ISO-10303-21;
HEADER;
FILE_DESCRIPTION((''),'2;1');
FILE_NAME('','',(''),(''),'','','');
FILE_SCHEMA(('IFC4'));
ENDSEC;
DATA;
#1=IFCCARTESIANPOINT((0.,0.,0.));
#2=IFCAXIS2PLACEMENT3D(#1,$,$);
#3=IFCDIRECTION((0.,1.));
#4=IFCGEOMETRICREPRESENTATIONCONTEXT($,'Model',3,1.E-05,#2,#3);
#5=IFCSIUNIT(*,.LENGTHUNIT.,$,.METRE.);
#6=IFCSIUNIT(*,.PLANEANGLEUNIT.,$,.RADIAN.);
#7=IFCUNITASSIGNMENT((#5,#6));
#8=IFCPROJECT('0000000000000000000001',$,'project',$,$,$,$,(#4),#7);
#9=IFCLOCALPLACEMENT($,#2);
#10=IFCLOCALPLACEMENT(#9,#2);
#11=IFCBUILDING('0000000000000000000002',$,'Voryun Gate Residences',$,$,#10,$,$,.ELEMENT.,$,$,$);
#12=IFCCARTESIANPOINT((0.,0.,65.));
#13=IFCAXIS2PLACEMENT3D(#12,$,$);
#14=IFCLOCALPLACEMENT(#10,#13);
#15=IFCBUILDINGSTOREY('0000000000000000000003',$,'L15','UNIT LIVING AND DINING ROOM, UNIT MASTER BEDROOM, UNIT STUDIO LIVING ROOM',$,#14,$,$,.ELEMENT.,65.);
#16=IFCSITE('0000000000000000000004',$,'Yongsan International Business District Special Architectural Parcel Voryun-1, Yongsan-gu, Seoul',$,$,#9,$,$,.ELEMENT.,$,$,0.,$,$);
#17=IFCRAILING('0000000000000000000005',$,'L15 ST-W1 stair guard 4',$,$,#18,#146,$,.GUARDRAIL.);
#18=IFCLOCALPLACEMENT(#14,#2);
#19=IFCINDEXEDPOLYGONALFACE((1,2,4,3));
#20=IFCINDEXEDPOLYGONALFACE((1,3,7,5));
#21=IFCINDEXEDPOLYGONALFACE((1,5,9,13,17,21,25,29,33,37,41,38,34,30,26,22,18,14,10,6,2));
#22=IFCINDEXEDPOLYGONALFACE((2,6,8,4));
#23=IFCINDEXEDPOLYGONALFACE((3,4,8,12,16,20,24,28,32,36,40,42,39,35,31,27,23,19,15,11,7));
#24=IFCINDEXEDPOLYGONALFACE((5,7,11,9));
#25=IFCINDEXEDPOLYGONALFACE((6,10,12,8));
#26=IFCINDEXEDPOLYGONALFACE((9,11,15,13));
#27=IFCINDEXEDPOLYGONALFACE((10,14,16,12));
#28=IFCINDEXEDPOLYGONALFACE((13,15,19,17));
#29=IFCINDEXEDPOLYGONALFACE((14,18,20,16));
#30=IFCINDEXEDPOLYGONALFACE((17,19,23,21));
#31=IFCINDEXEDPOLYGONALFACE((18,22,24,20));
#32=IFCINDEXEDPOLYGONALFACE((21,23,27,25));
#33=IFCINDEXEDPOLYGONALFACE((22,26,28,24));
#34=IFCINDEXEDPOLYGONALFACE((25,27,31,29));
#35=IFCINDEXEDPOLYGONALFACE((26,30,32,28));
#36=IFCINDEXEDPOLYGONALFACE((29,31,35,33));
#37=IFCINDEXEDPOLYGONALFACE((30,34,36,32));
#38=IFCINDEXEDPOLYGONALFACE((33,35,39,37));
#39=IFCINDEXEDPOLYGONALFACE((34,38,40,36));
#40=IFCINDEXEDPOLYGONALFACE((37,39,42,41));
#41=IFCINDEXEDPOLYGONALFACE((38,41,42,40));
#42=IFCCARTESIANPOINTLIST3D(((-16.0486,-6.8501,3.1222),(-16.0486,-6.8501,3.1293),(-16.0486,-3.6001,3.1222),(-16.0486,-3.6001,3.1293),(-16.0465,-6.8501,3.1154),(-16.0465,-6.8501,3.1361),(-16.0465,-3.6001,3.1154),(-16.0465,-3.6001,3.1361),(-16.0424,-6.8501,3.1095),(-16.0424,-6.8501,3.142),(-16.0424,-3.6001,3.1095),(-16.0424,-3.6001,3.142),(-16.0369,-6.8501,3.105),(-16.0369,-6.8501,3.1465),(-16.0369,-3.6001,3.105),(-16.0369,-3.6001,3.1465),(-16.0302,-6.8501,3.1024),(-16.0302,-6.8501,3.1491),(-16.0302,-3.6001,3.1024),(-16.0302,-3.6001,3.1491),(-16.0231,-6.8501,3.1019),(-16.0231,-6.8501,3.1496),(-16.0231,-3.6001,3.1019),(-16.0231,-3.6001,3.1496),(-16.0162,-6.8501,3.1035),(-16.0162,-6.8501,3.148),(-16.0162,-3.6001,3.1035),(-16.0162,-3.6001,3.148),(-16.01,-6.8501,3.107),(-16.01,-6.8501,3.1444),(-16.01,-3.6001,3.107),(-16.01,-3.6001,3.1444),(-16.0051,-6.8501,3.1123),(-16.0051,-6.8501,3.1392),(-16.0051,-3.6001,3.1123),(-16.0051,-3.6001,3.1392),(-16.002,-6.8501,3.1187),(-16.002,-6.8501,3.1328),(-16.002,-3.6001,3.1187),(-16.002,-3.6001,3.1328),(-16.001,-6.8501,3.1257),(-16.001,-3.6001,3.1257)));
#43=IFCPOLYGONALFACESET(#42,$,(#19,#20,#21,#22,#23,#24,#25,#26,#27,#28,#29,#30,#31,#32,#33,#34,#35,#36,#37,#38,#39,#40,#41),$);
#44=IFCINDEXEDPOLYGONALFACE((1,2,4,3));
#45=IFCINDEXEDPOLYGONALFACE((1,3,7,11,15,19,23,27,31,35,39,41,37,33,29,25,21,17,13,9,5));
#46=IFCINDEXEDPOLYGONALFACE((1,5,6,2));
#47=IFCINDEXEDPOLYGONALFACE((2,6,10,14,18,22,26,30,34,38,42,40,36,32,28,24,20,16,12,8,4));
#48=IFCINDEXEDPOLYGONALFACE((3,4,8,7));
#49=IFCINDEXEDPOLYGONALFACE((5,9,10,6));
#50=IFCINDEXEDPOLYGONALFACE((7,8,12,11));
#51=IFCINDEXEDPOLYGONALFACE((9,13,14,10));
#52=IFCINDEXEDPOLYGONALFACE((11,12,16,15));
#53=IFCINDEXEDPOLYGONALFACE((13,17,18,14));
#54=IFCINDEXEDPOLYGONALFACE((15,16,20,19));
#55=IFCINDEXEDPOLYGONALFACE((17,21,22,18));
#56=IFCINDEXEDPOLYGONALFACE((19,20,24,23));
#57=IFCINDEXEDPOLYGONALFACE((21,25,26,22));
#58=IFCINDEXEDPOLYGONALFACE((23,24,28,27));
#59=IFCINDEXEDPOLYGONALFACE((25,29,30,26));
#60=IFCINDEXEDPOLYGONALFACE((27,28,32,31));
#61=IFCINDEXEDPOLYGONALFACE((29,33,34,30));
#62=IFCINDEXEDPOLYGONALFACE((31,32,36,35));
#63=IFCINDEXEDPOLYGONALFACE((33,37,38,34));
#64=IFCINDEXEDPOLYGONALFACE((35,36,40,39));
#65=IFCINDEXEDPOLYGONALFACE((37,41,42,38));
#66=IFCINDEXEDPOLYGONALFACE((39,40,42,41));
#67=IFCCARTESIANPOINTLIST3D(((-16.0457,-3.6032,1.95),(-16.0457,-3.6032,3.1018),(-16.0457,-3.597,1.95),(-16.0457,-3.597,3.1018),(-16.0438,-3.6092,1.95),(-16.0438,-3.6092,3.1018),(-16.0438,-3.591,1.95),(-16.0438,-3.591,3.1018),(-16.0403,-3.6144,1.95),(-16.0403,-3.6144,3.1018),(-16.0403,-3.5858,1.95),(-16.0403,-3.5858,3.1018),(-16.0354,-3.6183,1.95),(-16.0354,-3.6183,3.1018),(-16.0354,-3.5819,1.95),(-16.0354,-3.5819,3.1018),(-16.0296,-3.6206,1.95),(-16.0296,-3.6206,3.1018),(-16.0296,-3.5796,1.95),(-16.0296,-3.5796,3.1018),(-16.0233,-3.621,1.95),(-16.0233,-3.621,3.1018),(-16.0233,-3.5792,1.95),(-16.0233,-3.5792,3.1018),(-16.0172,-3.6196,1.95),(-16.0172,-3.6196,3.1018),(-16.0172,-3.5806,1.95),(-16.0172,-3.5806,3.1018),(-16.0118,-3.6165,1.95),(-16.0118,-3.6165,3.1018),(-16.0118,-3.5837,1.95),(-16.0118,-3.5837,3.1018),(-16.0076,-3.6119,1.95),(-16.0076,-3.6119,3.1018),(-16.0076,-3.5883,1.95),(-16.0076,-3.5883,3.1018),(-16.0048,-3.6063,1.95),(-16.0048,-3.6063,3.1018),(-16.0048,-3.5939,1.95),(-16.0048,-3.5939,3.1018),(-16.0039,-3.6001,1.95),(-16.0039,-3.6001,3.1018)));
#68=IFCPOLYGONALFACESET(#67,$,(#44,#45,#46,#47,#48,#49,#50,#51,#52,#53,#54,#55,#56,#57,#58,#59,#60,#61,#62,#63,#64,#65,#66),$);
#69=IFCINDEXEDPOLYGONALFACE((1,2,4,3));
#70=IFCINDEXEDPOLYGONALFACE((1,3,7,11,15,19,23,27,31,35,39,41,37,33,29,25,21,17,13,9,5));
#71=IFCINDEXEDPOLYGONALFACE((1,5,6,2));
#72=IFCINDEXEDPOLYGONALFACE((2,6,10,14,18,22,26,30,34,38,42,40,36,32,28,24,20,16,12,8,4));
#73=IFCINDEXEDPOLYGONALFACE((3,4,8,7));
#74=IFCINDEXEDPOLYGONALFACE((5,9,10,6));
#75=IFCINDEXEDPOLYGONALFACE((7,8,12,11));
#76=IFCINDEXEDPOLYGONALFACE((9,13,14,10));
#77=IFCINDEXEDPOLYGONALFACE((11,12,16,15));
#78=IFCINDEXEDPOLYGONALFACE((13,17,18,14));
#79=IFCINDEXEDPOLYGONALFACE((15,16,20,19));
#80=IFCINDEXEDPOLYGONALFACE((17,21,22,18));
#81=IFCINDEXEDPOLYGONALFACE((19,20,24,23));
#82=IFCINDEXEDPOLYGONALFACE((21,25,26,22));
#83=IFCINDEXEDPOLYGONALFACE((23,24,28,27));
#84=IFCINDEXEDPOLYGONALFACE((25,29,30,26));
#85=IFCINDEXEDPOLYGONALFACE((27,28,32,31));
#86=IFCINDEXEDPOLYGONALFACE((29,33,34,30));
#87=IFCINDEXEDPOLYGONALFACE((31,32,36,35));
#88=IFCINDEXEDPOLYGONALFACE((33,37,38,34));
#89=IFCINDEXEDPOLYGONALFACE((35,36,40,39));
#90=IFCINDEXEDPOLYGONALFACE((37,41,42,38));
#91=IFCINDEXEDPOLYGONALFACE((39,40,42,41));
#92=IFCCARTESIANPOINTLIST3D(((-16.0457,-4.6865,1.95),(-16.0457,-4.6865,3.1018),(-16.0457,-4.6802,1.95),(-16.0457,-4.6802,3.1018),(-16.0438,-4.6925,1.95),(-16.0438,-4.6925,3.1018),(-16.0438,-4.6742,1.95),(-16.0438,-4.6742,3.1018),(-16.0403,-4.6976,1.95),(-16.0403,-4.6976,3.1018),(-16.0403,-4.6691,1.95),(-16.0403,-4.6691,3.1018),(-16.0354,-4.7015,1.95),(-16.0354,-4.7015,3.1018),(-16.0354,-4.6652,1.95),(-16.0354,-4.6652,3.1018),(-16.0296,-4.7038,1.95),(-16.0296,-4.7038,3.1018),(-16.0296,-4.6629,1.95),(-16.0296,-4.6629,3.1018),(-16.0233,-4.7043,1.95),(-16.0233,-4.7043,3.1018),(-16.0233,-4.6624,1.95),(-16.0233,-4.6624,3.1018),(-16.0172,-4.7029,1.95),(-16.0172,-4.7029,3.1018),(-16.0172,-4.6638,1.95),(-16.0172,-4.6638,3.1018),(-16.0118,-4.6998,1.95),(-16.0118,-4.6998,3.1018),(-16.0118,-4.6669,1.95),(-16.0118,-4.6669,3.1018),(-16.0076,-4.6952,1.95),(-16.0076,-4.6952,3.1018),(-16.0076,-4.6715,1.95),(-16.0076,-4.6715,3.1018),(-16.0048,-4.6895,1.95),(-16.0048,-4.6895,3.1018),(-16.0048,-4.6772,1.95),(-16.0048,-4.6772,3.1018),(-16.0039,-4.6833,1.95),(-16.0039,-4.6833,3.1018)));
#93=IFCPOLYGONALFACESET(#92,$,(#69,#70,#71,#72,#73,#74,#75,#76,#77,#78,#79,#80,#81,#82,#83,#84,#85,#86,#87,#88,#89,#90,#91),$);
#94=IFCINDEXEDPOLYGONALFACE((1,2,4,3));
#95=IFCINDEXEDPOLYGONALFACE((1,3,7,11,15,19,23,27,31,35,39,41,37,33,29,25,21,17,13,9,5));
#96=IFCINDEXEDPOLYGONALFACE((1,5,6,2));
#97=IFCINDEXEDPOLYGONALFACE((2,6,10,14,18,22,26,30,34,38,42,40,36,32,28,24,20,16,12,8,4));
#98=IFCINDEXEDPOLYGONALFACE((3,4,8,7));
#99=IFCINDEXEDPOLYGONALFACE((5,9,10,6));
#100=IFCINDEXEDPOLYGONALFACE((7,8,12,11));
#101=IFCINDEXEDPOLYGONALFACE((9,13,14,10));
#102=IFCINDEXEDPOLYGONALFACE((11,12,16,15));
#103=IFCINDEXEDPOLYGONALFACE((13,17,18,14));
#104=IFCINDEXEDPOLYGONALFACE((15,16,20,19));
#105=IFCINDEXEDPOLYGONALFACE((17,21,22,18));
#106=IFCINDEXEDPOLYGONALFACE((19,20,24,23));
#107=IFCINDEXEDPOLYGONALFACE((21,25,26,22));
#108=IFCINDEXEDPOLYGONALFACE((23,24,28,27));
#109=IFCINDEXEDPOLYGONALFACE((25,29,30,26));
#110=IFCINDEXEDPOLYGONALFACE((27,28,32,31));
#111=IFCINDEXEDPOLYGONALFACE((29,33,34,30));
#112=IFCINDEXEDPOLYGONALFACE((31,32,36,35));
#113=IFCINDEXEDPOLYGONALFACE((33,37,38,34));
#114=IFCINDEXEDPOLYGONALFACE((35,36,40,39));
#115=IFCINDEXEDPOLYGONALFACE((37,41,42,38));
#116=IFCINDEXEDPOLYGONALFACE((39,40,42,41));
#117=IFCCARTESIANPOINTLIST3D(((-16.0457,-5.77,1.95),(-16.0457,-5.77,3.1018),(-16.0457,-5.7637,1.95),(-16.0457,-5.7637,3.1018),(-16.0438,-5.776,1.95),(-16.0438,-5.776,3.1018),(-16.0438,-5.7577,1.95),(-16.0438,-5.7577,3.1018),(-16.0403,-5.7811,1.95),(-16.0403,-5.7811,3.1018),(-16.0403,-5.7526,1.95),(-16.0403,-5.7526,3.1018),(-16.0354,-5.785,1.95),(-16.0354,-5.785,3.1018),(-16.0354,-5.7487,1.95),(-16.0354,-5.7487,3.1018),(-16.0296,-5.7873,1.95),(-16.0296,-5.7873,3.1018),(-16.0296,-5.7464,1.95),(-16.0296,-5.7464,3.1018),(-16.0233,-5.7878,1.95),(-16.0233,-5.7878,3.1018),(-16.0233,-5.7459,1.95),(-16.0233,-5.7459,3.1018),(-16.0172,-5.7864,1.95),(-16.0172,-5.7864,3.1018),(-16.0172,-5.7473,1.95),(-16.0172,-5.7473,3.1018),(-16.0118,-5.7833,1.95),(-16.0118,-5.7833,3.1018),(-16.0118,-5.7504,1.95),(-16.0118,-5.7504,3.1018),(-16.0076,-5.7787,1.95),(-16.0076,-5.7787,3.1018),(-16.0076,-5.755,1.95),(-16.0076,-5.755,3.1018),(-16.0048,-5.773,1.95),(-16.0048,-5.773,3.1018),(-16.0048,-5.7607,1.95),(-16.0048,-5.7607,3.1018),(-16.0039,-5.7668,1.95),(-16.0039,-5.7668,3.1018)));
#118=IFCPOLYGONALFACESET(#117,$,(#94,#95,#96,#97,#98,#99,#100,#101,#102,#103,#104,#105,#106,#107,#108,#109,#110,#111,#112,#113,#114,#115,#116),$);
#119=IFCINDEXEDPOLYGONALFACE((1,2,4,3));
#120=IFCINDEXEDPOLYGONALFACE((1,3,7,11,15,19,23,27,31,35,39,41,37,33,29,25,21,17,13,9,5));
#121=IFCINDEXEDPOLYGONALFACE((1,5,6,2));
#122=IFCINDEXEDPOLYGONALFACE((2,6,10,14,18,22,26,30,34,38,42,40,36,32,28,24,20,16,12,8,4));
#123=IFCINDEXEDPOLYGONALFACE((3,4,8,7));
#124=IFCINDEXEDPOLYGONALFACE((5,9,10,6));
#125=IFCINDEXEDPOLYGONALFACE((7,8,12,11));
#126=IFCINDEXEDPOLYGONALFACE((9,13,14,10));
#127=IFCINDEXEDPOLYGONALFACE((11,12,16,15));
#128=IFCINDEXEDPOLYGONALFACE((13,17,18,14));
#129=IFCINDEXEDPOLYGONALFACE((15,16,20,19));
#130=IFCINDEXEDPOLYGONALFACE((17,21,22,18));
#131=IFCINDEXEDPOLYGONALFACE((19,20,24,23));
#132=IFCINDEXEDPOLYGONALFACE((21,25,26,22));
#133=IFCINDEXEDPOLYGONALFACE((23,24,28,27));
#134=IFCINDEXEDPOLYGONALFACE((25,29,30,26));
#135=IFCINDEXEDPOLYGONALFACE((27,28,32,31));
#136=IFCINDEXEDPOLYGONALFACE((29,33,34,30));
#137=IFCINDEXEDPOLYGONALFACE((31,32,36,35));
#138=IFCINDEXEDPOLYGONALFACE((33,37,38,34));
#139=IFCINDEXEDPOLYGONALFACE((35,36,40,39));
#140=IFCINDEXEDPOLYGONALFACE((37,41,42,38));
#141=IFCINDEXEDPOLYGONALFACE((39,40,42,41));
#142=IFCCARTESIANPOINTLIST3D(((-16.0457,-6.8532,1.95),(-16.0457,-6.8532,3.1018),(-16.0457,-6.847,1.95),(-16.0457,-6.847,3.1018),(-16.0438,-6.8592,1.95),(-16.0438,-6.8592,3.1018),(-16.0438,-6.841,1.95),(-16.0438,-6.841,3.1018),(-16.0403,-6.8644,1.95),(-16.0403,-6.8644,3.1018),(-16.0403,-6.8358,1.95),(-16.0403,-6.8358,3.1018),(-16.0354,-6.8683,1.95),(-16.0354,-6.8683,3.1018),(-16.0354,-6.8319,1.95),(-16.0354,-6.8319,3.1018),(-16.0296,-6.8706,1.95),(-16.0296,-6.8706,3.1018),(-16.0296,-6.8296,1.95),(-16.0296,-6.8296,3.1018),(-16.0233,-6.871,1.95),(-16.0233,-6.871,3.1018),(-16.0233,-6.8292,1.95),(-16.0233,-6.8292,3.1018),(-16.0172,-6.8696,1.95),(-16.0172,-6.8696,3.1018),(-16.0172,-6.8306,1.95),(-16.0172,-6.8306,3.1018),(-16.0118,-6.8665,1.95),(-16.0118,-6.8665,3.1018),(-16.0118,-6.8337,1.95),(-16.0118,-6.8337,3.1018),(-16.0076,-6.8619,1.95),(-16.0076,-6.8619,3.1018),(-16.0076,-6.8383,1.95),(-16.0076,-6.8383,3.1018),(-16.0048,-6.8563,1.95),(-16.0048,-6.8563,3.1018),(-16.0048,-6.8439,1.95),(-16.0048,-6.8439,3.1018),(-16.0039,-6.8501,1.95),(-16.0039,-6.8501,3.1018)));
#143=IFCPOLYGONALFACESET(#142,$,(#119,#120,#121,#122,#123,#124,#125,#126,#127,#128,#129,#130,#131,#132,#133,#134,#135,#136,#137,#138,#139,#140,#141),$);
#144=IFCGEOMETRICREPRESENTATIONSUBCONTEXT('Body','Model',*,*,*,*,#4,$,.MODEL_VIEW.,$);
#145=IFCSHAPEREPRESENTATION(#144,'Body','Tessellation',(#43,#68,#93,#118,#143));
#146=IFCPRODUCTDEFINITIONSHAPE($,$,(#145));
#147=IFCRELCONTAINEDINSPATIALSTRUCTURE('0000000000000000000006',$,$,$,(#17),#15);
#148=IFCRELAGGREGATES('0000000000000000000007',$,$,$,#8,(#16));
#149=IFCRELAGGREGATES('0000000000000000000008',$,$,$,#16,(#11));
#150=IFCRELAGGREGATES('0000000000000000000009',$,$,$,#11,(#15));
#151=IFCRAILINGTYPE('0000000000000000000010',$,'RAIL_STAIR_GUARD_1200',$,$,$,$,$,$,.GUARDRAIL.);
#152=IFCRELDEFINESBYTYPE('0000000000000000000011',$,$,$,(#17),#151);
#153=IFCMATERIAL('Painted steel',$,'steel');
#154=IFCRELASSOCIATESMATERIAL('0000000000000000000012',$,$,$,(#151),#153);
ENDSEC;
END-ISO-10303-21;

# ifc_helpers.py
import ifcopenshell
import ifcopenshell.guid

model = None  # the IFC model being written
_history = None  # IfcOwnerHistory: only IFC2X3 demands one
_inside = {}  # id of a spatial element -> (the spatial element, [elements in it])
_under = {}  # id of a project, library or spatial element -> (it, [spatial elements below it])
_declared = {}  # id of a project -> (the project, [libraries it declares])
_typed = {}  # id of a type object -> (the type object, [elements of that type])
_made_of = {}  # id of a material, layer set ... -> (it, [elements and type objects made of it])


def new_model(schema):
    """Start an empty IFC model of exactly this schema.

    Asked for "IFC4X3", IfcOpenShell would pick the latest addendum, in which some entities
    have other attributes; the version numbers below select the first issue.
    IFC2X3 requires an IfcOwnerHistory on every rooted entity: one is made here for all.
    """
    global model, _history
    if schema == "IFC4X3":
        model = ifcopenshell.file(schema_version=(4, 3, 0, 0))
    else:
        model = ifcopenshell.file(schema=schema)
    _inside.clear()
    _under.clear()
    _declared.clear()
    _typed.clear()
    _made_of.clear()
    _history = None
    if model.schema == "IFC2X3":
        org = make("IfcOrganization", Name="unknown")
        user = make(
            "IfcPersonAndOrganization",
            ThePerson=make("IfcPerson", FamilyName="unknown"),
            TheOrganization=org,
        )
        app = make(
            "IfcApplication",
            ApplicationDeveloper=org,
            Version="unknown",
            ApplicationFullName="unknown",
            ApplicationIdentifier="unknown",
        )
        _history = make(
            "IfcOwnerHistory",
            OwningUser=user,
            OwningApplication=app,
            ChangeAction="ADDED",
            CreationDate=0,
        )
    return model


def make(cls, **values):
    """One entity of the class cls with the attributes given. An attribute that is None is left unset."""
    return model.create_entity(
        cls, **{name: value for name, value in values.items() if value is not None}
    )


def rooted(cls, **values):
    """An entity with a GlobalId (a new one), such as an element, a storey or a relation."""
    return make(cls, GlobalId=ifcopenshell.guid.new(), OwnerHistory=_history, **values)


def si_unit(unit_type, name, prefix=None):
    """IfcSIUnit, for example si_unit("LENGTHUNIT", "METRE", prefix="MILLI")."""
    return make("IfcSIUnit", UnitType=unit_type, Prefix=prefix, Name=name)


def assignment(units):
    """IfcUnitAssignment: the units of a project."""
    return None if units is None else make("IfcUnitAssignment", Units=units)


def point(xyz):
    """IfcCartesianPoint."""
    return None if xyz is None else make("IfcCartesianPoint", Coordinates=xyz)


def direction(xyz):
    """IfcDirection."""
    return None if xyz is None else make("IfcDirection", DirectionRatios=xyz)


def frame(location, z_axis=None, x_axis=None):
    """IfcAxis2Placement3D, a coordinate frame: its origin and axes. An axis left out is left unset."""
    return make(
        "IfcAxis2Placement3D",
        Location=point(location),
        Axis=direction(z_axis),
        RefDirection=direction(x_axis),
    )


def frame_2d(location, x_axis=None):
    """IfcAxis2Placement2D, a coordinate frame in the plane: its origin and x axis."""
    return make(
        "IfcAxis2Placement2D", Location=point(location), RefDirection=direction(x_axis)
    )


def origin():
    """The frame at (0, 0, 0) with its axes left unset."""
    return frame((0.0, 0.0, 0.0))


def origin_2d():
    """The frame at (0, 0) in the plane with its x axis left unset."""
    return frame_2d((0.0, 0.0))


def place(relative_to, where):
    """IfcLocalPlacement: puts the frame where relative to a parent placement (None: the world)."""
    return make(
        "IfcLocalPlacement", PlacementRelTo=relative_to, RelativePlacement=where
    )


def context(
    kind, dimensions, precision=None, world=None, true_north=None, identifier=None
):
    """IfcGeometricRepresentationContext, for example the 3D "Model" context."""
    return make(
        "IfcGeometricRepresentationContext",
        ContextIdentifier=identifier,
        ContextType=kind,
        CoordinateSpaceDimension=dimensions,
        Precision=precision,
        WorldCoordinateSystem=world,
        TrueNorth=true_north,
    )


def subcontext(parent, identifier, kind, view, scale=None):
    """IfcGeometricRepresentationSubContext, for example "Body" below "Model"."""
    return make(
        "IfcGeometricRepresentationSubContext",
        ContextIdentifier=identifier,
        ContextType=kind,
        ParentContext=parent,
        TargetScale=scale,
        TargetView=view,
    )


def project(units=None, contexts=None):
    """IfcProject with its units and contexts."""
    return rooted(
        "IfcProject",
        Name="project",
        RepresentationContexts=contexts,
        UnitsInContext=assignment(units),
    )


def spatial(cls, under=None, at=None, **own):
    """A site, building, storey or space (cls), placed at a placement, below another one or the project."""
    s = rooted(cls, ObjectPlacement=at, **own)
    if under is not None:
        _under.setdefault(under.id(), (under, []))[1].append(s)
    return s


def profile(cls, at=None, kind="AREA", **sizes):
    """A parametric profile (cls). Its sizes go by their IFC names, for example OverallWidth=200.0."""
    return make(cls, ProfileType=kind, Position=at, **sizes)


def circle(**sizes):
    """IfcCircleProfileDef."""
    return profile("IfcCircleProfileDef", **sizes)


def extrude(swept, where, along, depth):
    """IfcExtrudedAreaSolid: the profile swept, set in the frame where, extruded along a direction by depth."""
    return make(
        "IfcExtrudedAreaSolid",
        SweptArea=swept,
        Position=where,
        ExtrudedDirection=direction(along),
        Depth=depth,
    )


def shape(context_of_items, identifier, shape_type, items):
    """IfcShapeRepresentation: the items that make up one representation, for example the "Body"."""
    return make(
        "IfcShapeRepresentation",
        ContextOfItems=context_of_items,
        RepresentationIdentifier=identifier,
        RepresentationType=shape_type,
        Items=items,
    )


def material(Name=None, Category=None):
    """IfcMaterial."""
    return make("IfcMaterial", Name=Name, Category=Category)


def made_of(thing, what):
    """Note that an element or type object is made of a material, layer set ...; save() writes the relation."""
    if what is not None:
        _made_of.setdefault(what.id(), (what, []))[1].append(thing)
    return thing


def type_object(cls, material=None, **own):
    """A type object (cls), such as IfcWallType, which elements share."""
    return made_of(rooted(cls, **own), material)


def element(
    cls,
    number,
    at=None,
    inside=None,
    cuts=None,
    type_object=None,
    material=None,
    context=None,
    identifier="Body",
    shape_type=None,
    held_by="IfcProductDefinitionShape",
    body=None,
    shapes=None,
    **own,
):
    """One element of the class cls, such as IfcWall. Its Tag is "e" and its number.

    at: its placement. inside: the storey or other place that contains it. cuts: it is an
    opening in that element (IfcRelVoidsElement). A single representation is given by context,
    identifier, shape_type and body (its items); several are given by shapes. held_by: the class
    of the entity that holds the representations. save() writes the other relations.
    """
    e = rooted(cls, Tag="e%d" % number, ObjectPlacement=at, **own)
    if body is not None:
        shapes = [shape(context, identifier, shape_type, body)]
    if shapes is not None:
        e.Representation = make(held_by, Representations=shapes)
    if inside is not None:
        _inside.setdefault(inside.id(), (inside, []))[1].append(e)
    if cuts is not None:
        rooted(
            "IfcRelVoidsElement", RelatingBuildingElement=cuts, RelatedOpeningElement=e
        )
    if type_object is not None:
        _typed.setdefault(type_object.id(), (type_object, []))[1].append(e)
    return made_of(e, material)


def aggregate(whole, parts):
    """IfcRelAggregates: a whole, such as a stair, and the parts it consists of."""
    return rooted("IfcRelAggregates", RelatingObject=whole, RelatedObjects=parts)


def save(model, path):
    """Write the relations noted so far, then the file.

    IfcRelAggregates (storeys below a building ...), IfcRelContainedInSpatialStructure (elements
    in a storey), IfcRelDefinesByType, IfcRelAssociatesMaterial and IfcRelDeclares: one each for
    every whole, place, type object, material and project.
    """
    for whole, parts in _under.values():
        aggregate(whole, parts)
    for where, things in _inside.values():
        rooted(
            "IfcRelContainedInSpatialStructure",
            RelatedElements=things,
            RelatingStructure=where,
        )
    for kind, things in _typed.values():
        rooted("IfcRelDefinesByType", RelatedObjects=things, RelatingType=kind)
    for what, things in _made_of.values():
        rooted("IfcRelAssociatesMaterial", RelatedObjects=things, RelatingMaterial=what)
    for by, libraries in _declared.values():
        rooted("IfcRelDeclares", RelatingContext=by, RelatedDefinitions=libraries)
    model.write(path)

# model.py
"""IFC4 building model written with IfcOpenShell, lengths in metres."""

from ifc_helpers import new_model, si_unit, direction, frame, origin, origin_2d, place, context, subcontext, project, spatial, circle, extrude, material, type_object, element, save


model = new_model("IFC4")

# Units and contexts
model_context = context("Model", 3, precision=1e-05, world=origin(), true_north=direction((0.0, 1.0)))
body_context = subcontext(model_context, "Body", "Model", "MODEL_VIEW")
ifc_project = project(units=[si_unit("LENGTHUNIT", "METRE"), si_unit("PLANEANGLEUNIT", "RADIAN")], contexts=[model_context])

# Site, building, storey
site_placement = place(None, origin())
site = spatial("IfcSite", under=ifc_project, at=site_placement, Name="Yongsan International Business District Special Architectural Parcel Voryun-1, Yongsan-gu, Seoul", CompositionType="ELEMENT", RefElevation=0.0)
building_placement = place(site_placement, origin())
building = spatial("IfcBuilding", under=site, at=building_placement, Name="Voryun Gate Residences", CompositionType="ELEMENT")
storey_placement = place(building_placement, frame((0.0, 0.0, 65.0)))
storey = spatial("IfcBuildingStorey", under=building, at=storey_placement, Name="L15", Description="UNIT LIVING AND DINING ROOM, UNIT MASTER BEDROOM, UNIT STUDIO LIVING ROOM", CompositionType="ELEMENT", Elevation=65.0)

# Railing
ifc_material_1 = material(Name="Painted steel", Category="steel")
railing_type_1 = type_object("IfcRailingType", Name="RAIL_STAIR_GUARD_1200", PredefinedType="GUARDRAIL", material=ifc_material_1)
for number, where, name in (
    (1, (-16.0249, -3.6001, 1.95), "L15 ST-W1 stair guard 4"),
):
    element("IfcRailing", number, at=place(storey_placement, frame(where)), inside=storey, type_object=railing_type_1, Name=name, PredefinedType="GUARDRAIL", context=body_context, shape_type="SweptSolid", body=[
        extrude(circle(Radius=0.0239, at=origin_2d()), frame((0.0, 0.0, 1.1758), z_axis=(0.0, -1.0, 0.0), x_axis=(1.0, 0.0, 0.0)), (0.0, 0.0, 1.0), 3.25),
        extrude(circle(Radius=0.021, at=origin_2d()), origin(), (0.0, 0.0, 1.0), 1.1519),
        extrude(circle(Radius=0.021, at=origin_2d()), frame((0.0, -1.0833, 0.0)), (0.0, 0.0, 1.0), 1.1519),
        extrude(circle(Radius=0.021, at=origin_2d()), frame((0.0, -2.1667, 0.0)), (0.0, 0.0, 1.0), 1.1519),
        extrude(circle(Radius=0.021, at=origin_2d()), frame((0.0, -3.25, 0.0)), (0.0, 0.0, 1.0), 1.1519),
    ])

save(model, "model.ifc")
